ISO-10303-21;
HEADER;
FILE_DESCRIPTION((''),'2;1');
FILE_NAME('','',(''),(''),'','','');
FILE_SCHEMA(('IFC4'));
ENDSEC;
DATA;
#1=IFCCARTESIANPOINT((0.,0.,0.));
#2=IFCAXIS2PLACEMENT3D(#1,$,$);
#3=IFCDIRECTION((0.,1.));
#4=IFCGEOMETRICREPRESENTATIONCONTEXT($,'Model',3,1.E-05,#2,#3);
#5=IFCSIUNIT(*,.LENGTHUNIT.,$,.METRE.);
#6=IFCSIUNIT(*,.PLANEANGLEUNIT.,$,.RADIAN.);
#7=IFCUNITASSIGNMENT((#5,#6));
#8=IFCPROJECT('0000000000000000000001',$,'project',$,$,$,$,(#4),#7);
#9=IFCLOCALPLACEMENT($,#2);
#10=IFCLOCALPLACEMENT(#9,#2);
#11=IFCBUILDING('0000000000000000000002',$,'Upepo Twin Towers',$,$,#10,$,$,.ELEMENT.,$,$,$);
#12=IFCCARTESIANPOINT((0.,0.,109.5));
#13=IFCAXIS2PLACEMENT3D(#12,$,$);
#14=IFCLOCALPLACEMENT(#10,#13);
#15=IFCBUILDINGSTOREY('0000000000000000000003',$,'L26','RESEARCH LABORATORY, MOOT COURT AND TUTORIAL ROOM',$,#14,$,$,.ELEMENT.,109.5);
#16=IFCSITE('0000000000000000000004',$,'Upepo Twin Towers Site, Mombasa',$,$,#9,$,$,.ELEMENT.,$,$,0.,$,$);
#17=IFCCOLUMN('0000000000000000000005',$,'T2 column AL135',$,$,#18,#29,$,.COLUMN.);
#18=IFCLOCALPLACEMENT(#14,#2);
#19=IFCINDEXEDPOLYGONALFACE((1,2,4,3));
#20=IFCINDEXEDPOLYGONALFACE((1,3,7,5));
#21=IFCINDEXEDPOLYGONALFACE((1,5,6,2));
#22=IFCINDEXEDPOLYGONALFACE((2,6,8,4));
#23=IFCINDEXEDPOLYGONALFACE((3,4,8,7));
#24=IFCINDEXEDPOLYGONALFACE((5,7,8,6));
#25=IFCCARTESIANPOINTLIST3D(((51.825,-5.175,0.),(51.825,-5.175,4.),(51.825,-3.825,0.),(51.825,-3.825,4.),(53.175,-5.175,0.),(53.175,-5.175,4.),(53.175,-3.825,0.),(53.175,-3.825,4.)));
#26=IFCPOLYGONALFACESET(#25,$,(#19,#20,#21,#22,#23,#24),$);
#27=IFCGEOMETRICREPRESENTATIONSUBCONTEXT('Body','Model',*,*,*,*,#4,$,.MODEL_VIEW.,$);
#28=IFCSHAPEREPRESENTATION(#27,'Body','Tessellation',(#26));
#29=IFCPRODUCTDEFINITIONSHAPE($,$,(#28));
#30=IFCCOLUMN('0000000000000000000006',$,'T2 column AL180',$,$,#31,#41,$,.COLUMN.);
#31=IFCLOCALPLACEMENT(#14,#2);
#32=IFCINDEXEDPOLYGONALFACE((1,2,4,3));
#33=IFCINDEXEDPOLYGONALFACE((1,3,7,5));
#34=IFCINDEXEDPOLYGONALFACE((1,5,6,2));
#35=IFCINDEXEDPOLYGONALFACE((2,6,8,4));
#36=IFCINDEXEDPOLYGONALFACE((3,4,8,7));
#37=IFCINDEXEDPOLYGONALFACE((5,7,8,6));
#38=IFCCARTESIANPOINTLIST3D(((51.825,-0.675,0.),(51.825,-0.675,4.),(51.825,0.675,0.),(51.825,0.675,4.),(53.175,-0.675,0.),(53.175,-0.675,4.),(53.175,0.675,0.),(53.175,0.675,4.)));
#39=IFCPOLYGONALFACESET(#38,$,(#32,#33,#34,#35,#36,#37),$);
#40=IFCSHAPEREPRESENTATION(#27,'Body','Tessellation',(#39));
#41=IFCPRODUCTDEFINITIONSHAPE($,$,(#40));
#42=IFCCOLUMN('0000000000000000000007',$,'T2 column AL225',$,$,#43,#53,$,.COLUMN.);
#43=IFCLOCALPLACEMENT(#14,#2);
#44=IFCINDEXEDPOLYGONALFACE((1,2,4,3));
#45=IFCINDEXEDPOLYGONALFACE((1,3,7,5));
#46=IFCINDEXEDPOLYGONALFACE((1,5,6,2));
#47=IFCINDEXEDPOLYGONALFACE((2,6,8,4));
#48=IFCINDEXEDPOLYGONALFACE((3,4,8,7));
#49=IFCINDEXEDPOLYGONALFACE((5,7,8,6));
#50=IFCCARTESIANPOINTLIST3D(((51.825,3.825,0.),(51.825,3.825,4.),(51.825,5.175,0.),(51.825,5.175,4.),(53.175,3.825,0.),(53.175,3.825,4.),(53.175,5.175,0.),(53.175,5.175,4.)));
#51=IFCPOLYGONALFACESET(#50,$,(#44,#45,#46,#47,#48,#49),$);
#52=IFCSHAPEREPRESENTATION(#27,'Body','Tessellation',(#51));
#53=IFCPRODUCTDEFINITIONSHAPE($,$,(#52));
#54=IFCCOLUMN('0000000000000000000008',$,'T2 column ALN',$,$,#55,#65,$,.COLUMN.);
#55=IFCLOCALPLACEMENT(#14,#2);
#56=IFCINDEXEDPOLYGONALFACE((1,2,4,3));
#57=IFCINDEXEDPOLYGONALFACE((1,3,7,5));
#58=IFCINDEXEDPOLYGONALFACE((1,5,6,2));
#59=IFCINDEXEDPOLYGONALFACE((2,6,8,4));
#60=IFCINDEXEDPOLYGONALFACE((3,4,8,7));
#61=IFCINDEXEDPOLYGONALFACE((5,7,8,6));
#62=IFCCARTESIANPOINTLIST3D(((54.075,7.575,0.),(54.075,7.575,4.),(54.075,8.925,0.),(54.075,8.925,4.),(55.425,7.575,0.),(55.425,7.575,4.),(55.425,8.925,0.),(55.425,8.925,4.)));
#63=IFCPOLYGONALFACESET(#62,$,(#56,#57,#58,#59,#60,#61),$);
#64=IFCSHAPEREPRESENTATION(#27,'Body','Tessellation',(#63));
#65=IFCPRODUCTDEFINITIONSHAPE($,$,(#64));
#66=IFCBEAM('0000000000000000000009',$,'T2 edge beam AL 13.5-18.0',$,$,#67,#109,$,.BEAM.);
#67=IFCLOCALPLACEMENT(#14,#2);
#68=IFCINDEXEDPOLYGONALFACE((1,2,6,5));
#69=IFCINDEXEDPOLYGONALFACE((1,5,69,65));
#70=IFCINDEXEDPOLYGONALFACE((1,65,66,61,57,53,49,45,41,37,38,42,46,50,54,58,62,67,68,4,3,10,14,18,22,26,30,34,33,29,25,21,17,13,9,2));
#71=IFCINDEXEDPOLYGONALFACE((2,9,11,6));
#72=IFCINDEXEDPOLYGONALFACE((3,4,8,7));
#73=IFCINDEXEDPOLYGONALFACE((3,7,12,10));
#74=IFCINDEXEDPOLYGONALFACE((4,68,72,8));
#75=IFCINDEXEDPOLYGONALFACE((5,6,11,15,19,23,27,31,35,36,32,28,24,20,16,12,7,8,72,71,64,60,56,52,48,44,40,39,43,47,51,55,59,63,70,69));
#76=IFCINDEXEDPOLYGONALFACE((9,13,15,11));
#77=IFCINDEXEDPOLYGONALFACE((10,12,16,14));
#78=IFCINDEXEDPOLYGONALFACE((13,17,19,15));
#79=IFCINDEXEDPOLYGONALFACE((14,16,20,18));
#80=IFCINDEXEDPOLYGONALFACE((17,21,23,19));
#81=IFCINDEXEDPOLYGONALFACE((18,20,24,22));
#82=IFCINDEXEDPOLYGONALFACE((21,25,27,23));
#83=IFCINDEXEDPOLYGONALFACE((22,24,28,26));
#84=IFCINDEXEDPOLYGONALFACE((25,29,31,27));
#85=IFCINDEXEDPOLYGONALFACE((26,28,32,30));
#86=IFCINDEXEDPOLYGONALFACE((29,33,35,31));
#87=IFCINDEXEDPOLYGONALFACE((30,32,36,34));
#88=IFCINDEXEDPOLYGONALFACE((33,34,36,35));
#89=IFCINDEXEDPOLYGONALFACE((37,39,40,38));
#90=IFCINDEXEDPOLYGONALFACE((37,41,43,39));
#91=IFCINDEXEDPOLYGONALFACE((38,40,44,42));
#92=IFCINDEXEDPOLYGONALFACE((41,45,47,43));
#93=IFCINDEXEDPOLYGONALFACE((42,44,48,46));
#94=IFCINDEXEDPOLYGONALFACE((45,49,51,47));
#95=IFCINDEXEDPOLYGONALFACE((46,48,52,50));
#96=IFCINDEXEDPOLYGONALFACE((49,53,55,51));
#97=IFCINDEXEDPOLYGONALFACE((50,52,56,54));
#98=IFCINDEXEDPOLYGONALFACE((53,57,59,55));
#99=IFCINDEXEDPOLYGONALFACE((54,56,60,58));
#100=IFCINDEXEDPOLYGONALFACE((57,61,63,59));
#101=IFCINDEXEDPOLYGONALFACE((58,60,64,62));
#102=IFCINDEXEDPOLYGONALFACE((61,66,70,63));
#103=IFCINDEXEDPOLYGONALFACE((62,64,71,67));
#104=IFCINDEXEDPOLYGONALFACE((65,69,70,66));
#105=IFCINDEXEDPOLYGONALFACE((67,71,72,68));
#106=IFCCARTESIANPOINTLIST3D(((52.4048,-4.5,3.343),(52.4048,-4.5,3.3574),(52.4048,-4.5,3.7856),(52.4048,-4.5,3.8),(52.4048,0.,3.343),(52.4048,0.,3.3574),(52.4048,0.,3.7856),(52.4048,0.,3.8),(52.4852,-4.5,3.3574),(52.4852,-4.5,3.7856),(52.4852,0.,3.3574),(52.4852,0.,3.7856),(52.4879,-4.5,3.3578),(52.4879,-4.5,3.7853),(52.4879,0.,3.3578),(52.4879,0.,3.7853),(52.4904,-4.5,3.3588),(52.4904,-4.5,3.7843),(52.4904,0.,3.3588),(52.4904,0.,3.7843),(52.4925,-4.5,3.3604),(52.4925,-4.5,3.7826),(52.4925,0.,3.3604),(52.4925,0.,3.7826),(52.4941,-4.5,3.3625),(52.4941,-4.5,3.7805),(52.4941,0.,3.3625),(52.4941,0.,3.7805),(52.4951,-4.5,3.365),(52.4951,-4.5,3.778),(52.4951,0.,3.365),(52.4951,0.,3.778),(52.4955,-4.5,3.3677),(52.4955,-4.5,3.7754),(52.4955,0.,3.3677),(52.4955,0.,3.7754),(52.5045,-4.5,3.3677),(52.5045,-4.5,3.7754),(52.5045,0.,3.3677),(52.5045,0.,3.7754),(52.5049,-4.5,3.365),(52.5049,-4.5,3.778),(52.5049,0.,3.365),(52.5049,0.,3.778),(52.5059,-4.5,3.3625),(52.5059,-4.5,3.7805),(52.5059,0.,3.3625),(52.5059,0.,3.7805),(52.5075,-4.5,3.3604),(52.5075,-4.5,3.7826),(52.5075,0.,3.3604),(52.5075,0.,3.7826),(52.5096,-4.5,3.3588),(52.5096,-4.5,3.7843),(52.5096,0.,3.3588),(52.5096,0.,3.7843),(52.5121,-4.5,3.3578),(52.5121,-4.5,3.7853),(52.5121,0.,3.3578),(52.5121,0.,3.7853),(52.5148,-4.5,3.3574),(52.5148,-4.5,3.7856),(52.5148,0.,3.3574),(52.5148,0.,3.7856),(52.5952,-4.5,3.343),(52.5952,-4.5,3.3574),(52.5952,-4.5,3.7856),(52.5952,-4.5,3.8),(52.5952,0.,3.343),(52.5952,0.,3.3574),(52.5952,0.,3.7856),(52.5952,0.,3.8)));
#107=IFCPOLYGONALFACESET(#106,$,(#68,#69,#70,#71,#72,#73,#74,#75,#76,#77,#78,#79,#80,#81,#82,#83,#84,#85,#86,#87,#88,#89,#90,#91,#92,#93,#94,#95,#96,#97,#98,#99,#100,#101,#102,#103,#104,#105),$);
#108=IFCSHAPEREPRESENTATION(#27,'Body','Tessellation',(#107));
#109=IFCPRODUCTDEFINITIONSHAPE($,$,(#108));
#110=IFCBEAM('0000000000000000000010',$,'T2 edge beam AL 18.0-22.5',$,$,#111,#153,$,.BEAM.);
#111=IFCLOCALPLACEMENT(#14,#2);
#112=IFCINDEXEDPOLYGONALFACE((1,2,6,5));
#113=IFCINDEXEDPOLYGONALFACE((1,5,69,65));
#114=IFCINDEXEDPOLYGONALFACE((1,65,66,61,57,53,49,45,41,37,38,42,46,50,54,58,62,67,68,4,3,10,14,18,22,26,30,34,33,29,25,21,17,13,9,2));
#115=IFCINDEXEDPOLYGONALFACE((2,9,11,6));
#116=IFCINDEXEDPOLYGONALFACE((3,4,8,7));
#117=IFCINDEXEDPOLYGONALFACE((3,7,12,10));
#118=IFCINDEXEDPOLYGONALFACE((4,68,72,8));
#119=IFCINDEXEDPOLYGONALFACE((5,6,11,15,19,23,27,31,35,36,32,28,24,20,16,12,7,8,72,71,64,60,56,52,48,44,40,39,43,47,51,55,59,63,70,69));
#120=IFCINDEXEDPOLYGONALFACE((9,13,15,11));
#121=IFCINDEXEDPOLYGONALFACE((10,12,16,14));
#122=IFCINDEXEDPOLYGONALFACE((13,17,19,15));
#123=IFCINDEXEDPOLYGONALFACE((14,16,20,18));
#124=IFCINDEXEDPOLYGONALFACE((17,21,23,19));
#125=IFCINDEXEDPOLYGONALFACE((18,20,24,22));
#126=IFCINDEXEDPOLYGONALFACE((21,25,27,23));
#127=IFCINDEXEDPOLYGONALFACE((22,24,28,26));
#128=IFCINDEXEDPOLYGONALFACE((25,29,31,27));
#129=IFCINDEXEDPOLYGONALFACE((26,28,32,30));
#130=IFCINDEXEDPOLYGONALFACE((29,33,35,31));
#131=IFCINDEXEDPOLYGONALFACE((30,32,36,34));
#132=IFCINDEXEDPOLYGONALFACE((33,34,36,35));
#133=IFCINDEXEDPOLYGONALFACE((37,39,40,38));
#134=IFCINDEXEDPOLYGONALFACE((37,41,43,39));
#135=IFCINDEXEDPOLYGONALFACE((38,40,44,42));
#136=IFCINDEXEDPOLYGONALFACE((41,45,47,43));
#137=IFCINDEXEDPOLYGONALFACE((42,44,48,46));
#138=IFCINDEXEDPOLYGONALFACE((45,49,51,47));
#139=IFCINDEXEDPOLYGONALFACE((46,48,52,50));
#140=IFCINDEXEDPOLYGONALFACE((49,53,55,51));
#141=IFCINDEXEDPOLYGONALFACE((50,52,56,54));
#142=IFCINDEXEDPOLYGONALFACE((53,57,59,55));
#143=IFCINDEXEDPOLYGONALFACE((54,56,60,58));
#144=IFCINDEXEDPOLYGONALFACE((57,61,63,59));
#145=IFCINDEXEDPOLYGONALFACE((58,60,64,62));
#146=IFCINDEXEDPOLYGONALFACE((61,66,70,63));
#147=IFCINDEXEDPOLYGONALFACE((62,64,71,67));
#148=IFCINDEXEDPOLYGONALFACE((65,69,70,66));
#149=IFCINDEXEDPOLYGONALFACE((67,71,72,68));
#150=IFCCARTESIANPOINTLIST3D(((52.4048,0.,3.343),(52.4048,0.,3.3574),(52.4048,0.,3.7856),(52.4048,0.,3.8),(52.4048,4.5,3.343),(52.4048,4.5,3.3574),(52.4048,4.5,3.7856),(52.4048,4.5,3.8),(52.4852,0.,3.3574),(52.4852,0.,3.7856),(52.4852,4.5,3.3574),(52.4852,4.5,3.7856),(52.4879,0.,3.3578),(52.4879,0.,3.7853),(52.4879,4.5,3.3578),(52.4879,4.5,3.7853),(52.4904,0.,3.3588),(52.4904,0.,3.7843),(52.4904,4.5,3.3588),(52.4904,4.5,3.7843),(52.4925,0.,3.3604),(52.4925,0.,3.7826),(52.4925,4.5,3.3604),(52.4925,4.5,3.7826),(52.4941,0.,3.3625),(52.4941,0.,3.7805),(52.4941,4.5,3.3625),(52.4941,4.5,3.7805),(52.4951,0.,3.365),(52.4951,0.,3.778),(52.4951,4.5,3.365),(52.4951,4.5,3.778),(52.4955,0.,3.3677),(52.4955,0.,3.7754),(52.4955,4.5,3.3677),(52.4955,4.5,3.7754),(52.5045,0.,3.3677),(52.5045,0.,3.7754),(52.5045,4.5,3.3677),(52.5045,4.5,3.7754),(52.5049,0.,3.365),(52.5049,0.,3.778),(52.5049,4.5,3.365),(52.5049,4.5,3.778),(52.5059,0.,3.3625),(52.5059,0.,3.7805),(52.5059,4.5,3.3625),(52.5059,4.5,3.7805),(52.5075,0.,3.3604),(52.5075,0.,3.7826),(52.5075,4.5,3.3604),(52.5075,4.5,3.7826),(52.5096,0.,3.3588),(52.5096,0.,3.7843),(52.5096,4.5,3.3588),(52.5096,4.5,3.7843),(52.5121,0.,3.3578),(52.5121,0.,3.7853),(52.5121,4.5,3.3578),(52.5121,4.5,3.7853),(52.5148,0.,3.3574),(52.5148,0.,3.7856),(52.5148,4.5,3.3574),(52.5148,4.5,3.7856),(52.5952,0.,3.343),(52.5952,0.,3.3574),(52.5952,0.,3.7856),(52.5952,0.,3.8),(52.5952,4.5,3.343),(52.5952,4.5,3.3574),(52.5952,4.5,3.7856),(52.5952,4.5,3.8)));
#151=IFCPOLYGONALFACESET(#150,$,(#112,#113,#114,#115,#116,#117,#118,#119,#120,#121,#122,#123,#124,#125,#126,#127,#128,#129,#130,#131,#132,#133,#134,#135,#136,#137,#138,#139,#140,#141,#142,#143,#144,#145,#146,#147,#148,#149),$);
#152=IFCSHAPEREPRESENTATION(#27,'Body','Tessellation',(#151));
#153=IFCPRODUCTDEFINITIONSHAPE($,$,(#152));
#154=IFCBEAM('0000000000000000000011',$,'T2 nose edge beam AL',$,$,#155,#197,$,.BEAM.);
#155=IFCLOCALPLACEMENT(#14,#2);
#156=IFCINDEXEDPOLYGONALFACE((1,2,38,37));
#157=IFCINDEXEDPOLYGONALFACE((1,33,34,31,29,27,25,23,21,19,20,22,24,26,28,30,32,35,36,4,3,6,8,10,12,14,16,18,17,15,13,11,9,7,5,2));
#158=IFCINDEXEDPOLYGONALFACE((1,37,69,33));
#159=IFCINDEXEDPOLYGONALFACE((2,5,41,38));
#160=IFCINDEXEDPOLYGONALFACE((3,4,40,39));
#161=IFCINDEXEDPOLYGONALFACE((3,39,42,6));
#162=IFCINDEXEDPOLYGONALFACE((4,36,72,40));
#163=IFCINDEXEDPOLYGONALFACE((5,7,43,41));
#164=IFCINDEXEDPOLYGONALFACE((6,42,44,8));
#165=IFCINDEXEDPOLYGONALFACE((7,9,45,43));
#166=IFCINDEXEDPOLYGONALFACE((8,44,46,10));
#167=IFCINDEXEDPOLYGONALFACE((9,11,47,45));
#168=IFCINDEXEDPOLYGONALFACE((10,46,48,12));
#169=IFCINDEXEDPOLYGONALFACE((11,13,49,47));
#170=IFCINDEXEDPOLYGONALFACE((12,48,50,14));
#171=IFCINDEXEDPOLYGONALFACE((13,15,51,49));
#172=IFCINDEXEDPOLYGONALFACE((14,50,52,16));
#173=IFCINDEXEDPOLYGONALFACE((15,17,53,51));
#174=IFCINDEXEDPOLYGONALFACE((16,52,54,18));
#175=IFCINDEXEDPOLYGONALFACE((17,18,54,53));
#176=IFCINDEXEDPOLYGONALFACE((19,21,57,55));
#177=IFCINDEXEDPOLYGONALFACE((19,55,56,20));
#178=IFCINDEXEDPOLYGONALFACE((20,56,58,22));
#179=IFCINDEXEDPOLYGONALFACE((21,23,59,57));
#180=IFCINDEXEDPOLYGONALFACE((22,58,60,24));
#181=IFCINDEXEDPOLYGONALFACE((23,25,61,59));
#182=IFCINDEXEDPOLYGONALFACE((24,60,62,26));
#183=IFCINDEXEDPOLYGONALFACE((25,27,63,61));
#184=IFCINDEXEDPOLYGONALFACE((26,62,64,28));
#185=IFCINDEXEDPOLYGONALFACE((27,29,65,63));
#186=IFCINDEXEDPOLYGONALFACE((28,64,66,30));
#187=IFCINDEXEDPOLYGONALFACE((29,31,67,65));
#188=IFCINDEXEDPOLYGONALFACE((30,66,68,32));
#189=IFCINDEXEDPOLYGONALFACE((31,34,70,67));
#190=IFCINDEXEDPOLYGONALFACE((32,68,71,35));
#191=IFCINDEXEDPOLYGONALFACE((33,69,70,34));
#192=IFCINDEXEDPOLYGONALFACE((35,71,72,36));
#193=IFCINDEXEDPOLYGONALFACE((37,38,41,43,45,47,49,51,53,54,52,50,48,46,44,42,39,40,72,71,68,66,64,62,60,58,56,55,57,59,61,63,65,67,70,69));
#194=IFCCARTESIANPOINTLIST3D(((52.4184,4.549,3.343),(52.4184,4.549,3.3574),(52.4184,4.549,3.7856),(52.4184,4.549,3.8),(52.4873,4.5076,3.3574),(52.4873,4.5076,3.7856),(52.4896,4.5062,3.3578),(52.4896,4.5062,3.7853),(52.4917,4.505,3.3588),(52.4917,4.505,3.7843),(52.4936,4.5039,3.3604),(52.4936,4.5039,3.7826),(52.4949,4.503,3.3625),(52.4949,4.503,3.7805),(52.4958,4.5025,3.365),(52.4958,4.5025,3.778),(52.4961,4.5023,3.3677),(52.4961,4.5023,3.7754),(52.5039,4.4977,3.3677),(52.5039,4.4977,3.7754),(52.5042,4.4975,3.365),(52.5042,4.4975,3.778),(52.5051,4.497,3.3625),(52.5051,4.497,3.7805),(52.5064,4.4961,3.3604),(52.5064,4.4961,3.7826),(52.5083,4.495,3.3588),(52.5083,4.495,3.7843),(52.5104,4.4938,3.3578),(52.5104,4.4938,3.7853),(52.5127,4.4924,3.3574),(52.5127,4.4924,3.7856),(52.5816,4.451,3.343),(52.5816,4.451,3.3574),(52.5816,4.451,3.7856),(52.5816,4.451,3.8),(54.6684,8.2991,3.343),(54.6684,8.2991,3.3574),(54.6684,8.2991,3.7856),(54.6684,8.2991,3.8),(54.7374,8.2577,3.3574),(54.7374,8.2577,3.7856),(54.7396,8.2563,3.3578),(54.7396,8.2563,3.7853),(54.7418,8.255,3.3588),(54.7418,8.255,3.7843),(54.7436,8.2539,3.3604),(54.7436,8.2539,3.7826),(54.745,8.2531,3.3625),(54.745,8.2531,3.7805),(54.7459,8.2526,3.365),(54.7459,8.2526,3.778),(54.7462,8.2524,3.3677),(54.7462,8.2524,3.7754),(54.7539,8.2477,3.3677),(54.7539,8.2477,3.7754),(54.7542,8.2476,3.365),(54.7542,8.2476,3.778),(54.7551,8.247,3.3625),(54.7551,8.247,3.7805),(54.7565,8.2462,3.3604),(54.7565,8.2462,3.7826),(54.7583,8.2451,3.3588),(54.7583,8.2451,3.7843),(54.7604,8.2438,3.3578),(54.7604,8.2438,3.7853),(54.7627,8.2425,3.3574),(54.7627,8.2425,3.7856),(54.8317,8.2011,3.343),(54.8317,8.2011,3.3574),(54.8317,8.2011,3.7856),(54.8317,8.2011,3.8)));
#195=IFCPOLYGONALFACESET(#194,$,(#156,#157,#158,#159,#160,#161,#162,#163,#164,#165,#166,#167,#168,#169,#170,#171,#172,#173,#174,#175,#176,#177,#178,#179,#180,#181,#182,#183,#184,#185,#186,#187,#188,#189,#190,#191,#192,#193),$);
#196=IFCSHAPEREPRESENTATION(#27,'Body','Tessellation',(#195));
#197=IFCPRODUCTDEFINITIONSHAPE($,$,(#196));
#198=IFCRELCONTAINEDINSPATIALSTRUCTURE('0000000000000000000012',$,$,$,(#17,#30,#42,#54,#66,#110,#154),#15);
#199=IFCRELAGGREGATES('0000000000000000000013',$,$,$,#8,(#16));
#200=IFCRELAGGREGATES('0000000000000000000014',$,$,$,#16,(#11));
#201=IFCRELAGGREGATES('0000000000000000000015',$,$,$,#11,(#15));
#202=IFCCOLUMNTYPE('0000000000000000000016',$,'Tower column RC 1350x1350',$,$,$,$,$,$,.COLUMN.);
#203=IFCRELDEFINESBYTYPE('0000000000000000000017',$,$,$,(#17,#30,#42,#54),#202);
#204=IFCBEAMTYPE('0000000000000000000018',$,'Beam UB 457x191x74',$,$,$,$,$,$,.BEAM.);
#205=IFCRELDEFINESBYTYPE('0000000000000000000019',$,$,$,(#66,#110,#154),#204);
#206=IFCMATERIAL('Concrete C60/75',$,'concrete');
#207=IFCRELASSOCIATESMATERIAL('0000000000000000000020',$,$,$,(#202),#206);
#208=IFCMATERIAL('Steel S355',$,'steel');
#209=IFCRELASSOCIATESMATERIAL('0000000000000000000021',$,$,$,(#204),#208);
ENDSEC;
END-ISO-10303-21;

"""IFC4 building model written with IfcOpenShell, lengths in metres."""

from ifc_helpers import new_model, si_unit, direction, frame, origin, origin_2d, place, context, subcontext, project, spatial, rectangle, i_section, extrude, material, material_profile, profile_set, type_object, element, save


model = new_model("IFC4")

# Units and contexts
model_context = context("Model", 3, precision=1e-05, world=origin(), true_north=direction((0.0, 1.0)))
body_context = subcontext(model_context, "Body", "Model", "MODEL_VIEW")
ifc_project = project(units=[si_unit("LENGTHUNIT", "METRE"), si_unit("PLANEANGLEUNIT", "RADIAN")], contexts=[model_context])

# Site, building, storey
site_placement = place(None, origin())
site = spatial("IfcSite", under=ifc_project, at=site_placement, Name="Upepo Twin Towers Site, Mombasa", CompositionType="ELEMENT", RefElevation=0.0)
building_placement = place(site_placement, origin())
building = spatial("IfcBuilding", under=site, at=building_placement, Name="Upepo Twin Towers", CompositionType="ELEMENT")
storey_placement = place(building_placement, frame((0.0, 0.0, 109.5)))
storey = spatial("IfcBuildingStorey", under=building, at=storey_placement, Name="L26", Description="RESEARCH LABORATORY, MOOT COURT AND TUTORIAL ROOM", CompositionType="ELEMENT", Elevation=109.5)

# Columns
ifc_material_1 = material(Name="Concrete C60/75", Category="concrete")
ifc_material_profile_1 = material_profile(ifc_material_1, rectangle(XDim=1.3501, YDim=1.3501, at=origin_2d()), Name="RC 1350x1350")
ifc_profile_set_1 = profile_set([ifc_material_profile_1], Name="Concrete C60/75")
column_type = type_object("IfcColumnType", Name="Tower column RC 1350x1350", PredefinedType="COLUMN", material=ifc_profile_set_1)
for number, where, z_axis, x_axis, name in (
    (1, (52.5, -4.5, 0.0), (0.0, 0.0, 1.0), (1.0, 0.0, 0.0), "T2 column AL135"),
    (2, (52.5, 0.0, 0.0), (0.0, 0.0, 1.0), (1.0, 0.0, 0.0), "T2 column AL180"),
    (3, (52.5, 4.5, 0.0), (0.0, 0.0, 1.0), (1.0, 0.0, 0.0), "T2 column AL225"),
    (4, (54.75, 8.25, 0.0), (0.0, 0.0, 1.0), (1.0, 0.0, 0.0), "T2 column ALN"),
):
    element("IfcColumn", number, at=place(storey_placement, frame(where, z_axis=z_axis, x_axis=x_axis)), inside=storey, type_object=column_type, Name=name, PredefinedType="COLUMN", context=body_context, shape_type="SweptSolid", body=[
        extrude(rectangle(XDim=1.3501, YDim=1.3501, at=origin_2d()), origin(), (0.0, 0.0, 1.0), 4.0),
    ])

# Beams
ifc_material_2 = material(Name="Steel S355", Category="steel")
ifc_material_profile_2 = material_profile(ifc_material_2, i_section(OverallWidth=0.1904, OverallDepth=0.457, WebThickness=0.009, FlangeThickness=0.0144, FilletRadius=0.0103, at=origin_2d()), Name="UB 457x191x74")
ifc_profile_set_2 = profile_set([ifc_material_profile_2], Name="Steel S355")
beam_type_1 = type_object("IfcBeamType", Name="Beam UB 457x191x74", PredefinedType="BEAM", material=ifc_profile_set_2)
for number, where, z_axis, x_axis, name in (
    (5, (52.5, -4.5, 3.5715), (0.0, 1.0, 0.0), (-1.0, 0.0, 0.0), "T2 edge beam AL 13.5-18.0"),
    (6, (52.5, 0.0, 3.5715), (0.0, 1.0, 0.0), (-1.0, 0.0, 0.0), "T2 edge beam AL 18.0-22.5"),
):
    element("IfcBeam", number, at=place(storey_placement, frame(where, z_axis=z_axis, x_axis=x_axis)), inside=storey, type_object=beam_type_1, Name=name, PredefinedType="BEAM", context=body_context, shape_type="SweptSolid", body=[
        extrude(i_section(OverallWidth=0.1904, OverallDepth=0.457, WebThickness=0.009, FlangeThickness=0.0144, FilletRadius=0.0103, at=origin_2d()), origin(), (0.0, 0.0, 1.0), 4.5),
    ])
beam_1_placement = place(storey_placement, frame((52.5, 4.5, 3.5715), z_axis=(0.514496, 0.857493, 0.0), x_axis=(-0.857493, 0.514496, 0.0)))
element("IfcBeam", 7, at=beam_1_placement, inside=storey, type_object=beam_type_1, Name="T2 nose edge beam AL", PredefinedType="BEAM", context=body_context, shape_type="SweptSolid", body=[
    extrude(i_section(OverallWidth=0.1904, OverallDepth=0.457, WebThickness=0.009, FlangeThickness=0.0144, FilletRadius=0.0103, at=origin_2d()), origin(), (0.0, 0.0, 1.0), 4.3733),
])

save(model, "model.ifc")
